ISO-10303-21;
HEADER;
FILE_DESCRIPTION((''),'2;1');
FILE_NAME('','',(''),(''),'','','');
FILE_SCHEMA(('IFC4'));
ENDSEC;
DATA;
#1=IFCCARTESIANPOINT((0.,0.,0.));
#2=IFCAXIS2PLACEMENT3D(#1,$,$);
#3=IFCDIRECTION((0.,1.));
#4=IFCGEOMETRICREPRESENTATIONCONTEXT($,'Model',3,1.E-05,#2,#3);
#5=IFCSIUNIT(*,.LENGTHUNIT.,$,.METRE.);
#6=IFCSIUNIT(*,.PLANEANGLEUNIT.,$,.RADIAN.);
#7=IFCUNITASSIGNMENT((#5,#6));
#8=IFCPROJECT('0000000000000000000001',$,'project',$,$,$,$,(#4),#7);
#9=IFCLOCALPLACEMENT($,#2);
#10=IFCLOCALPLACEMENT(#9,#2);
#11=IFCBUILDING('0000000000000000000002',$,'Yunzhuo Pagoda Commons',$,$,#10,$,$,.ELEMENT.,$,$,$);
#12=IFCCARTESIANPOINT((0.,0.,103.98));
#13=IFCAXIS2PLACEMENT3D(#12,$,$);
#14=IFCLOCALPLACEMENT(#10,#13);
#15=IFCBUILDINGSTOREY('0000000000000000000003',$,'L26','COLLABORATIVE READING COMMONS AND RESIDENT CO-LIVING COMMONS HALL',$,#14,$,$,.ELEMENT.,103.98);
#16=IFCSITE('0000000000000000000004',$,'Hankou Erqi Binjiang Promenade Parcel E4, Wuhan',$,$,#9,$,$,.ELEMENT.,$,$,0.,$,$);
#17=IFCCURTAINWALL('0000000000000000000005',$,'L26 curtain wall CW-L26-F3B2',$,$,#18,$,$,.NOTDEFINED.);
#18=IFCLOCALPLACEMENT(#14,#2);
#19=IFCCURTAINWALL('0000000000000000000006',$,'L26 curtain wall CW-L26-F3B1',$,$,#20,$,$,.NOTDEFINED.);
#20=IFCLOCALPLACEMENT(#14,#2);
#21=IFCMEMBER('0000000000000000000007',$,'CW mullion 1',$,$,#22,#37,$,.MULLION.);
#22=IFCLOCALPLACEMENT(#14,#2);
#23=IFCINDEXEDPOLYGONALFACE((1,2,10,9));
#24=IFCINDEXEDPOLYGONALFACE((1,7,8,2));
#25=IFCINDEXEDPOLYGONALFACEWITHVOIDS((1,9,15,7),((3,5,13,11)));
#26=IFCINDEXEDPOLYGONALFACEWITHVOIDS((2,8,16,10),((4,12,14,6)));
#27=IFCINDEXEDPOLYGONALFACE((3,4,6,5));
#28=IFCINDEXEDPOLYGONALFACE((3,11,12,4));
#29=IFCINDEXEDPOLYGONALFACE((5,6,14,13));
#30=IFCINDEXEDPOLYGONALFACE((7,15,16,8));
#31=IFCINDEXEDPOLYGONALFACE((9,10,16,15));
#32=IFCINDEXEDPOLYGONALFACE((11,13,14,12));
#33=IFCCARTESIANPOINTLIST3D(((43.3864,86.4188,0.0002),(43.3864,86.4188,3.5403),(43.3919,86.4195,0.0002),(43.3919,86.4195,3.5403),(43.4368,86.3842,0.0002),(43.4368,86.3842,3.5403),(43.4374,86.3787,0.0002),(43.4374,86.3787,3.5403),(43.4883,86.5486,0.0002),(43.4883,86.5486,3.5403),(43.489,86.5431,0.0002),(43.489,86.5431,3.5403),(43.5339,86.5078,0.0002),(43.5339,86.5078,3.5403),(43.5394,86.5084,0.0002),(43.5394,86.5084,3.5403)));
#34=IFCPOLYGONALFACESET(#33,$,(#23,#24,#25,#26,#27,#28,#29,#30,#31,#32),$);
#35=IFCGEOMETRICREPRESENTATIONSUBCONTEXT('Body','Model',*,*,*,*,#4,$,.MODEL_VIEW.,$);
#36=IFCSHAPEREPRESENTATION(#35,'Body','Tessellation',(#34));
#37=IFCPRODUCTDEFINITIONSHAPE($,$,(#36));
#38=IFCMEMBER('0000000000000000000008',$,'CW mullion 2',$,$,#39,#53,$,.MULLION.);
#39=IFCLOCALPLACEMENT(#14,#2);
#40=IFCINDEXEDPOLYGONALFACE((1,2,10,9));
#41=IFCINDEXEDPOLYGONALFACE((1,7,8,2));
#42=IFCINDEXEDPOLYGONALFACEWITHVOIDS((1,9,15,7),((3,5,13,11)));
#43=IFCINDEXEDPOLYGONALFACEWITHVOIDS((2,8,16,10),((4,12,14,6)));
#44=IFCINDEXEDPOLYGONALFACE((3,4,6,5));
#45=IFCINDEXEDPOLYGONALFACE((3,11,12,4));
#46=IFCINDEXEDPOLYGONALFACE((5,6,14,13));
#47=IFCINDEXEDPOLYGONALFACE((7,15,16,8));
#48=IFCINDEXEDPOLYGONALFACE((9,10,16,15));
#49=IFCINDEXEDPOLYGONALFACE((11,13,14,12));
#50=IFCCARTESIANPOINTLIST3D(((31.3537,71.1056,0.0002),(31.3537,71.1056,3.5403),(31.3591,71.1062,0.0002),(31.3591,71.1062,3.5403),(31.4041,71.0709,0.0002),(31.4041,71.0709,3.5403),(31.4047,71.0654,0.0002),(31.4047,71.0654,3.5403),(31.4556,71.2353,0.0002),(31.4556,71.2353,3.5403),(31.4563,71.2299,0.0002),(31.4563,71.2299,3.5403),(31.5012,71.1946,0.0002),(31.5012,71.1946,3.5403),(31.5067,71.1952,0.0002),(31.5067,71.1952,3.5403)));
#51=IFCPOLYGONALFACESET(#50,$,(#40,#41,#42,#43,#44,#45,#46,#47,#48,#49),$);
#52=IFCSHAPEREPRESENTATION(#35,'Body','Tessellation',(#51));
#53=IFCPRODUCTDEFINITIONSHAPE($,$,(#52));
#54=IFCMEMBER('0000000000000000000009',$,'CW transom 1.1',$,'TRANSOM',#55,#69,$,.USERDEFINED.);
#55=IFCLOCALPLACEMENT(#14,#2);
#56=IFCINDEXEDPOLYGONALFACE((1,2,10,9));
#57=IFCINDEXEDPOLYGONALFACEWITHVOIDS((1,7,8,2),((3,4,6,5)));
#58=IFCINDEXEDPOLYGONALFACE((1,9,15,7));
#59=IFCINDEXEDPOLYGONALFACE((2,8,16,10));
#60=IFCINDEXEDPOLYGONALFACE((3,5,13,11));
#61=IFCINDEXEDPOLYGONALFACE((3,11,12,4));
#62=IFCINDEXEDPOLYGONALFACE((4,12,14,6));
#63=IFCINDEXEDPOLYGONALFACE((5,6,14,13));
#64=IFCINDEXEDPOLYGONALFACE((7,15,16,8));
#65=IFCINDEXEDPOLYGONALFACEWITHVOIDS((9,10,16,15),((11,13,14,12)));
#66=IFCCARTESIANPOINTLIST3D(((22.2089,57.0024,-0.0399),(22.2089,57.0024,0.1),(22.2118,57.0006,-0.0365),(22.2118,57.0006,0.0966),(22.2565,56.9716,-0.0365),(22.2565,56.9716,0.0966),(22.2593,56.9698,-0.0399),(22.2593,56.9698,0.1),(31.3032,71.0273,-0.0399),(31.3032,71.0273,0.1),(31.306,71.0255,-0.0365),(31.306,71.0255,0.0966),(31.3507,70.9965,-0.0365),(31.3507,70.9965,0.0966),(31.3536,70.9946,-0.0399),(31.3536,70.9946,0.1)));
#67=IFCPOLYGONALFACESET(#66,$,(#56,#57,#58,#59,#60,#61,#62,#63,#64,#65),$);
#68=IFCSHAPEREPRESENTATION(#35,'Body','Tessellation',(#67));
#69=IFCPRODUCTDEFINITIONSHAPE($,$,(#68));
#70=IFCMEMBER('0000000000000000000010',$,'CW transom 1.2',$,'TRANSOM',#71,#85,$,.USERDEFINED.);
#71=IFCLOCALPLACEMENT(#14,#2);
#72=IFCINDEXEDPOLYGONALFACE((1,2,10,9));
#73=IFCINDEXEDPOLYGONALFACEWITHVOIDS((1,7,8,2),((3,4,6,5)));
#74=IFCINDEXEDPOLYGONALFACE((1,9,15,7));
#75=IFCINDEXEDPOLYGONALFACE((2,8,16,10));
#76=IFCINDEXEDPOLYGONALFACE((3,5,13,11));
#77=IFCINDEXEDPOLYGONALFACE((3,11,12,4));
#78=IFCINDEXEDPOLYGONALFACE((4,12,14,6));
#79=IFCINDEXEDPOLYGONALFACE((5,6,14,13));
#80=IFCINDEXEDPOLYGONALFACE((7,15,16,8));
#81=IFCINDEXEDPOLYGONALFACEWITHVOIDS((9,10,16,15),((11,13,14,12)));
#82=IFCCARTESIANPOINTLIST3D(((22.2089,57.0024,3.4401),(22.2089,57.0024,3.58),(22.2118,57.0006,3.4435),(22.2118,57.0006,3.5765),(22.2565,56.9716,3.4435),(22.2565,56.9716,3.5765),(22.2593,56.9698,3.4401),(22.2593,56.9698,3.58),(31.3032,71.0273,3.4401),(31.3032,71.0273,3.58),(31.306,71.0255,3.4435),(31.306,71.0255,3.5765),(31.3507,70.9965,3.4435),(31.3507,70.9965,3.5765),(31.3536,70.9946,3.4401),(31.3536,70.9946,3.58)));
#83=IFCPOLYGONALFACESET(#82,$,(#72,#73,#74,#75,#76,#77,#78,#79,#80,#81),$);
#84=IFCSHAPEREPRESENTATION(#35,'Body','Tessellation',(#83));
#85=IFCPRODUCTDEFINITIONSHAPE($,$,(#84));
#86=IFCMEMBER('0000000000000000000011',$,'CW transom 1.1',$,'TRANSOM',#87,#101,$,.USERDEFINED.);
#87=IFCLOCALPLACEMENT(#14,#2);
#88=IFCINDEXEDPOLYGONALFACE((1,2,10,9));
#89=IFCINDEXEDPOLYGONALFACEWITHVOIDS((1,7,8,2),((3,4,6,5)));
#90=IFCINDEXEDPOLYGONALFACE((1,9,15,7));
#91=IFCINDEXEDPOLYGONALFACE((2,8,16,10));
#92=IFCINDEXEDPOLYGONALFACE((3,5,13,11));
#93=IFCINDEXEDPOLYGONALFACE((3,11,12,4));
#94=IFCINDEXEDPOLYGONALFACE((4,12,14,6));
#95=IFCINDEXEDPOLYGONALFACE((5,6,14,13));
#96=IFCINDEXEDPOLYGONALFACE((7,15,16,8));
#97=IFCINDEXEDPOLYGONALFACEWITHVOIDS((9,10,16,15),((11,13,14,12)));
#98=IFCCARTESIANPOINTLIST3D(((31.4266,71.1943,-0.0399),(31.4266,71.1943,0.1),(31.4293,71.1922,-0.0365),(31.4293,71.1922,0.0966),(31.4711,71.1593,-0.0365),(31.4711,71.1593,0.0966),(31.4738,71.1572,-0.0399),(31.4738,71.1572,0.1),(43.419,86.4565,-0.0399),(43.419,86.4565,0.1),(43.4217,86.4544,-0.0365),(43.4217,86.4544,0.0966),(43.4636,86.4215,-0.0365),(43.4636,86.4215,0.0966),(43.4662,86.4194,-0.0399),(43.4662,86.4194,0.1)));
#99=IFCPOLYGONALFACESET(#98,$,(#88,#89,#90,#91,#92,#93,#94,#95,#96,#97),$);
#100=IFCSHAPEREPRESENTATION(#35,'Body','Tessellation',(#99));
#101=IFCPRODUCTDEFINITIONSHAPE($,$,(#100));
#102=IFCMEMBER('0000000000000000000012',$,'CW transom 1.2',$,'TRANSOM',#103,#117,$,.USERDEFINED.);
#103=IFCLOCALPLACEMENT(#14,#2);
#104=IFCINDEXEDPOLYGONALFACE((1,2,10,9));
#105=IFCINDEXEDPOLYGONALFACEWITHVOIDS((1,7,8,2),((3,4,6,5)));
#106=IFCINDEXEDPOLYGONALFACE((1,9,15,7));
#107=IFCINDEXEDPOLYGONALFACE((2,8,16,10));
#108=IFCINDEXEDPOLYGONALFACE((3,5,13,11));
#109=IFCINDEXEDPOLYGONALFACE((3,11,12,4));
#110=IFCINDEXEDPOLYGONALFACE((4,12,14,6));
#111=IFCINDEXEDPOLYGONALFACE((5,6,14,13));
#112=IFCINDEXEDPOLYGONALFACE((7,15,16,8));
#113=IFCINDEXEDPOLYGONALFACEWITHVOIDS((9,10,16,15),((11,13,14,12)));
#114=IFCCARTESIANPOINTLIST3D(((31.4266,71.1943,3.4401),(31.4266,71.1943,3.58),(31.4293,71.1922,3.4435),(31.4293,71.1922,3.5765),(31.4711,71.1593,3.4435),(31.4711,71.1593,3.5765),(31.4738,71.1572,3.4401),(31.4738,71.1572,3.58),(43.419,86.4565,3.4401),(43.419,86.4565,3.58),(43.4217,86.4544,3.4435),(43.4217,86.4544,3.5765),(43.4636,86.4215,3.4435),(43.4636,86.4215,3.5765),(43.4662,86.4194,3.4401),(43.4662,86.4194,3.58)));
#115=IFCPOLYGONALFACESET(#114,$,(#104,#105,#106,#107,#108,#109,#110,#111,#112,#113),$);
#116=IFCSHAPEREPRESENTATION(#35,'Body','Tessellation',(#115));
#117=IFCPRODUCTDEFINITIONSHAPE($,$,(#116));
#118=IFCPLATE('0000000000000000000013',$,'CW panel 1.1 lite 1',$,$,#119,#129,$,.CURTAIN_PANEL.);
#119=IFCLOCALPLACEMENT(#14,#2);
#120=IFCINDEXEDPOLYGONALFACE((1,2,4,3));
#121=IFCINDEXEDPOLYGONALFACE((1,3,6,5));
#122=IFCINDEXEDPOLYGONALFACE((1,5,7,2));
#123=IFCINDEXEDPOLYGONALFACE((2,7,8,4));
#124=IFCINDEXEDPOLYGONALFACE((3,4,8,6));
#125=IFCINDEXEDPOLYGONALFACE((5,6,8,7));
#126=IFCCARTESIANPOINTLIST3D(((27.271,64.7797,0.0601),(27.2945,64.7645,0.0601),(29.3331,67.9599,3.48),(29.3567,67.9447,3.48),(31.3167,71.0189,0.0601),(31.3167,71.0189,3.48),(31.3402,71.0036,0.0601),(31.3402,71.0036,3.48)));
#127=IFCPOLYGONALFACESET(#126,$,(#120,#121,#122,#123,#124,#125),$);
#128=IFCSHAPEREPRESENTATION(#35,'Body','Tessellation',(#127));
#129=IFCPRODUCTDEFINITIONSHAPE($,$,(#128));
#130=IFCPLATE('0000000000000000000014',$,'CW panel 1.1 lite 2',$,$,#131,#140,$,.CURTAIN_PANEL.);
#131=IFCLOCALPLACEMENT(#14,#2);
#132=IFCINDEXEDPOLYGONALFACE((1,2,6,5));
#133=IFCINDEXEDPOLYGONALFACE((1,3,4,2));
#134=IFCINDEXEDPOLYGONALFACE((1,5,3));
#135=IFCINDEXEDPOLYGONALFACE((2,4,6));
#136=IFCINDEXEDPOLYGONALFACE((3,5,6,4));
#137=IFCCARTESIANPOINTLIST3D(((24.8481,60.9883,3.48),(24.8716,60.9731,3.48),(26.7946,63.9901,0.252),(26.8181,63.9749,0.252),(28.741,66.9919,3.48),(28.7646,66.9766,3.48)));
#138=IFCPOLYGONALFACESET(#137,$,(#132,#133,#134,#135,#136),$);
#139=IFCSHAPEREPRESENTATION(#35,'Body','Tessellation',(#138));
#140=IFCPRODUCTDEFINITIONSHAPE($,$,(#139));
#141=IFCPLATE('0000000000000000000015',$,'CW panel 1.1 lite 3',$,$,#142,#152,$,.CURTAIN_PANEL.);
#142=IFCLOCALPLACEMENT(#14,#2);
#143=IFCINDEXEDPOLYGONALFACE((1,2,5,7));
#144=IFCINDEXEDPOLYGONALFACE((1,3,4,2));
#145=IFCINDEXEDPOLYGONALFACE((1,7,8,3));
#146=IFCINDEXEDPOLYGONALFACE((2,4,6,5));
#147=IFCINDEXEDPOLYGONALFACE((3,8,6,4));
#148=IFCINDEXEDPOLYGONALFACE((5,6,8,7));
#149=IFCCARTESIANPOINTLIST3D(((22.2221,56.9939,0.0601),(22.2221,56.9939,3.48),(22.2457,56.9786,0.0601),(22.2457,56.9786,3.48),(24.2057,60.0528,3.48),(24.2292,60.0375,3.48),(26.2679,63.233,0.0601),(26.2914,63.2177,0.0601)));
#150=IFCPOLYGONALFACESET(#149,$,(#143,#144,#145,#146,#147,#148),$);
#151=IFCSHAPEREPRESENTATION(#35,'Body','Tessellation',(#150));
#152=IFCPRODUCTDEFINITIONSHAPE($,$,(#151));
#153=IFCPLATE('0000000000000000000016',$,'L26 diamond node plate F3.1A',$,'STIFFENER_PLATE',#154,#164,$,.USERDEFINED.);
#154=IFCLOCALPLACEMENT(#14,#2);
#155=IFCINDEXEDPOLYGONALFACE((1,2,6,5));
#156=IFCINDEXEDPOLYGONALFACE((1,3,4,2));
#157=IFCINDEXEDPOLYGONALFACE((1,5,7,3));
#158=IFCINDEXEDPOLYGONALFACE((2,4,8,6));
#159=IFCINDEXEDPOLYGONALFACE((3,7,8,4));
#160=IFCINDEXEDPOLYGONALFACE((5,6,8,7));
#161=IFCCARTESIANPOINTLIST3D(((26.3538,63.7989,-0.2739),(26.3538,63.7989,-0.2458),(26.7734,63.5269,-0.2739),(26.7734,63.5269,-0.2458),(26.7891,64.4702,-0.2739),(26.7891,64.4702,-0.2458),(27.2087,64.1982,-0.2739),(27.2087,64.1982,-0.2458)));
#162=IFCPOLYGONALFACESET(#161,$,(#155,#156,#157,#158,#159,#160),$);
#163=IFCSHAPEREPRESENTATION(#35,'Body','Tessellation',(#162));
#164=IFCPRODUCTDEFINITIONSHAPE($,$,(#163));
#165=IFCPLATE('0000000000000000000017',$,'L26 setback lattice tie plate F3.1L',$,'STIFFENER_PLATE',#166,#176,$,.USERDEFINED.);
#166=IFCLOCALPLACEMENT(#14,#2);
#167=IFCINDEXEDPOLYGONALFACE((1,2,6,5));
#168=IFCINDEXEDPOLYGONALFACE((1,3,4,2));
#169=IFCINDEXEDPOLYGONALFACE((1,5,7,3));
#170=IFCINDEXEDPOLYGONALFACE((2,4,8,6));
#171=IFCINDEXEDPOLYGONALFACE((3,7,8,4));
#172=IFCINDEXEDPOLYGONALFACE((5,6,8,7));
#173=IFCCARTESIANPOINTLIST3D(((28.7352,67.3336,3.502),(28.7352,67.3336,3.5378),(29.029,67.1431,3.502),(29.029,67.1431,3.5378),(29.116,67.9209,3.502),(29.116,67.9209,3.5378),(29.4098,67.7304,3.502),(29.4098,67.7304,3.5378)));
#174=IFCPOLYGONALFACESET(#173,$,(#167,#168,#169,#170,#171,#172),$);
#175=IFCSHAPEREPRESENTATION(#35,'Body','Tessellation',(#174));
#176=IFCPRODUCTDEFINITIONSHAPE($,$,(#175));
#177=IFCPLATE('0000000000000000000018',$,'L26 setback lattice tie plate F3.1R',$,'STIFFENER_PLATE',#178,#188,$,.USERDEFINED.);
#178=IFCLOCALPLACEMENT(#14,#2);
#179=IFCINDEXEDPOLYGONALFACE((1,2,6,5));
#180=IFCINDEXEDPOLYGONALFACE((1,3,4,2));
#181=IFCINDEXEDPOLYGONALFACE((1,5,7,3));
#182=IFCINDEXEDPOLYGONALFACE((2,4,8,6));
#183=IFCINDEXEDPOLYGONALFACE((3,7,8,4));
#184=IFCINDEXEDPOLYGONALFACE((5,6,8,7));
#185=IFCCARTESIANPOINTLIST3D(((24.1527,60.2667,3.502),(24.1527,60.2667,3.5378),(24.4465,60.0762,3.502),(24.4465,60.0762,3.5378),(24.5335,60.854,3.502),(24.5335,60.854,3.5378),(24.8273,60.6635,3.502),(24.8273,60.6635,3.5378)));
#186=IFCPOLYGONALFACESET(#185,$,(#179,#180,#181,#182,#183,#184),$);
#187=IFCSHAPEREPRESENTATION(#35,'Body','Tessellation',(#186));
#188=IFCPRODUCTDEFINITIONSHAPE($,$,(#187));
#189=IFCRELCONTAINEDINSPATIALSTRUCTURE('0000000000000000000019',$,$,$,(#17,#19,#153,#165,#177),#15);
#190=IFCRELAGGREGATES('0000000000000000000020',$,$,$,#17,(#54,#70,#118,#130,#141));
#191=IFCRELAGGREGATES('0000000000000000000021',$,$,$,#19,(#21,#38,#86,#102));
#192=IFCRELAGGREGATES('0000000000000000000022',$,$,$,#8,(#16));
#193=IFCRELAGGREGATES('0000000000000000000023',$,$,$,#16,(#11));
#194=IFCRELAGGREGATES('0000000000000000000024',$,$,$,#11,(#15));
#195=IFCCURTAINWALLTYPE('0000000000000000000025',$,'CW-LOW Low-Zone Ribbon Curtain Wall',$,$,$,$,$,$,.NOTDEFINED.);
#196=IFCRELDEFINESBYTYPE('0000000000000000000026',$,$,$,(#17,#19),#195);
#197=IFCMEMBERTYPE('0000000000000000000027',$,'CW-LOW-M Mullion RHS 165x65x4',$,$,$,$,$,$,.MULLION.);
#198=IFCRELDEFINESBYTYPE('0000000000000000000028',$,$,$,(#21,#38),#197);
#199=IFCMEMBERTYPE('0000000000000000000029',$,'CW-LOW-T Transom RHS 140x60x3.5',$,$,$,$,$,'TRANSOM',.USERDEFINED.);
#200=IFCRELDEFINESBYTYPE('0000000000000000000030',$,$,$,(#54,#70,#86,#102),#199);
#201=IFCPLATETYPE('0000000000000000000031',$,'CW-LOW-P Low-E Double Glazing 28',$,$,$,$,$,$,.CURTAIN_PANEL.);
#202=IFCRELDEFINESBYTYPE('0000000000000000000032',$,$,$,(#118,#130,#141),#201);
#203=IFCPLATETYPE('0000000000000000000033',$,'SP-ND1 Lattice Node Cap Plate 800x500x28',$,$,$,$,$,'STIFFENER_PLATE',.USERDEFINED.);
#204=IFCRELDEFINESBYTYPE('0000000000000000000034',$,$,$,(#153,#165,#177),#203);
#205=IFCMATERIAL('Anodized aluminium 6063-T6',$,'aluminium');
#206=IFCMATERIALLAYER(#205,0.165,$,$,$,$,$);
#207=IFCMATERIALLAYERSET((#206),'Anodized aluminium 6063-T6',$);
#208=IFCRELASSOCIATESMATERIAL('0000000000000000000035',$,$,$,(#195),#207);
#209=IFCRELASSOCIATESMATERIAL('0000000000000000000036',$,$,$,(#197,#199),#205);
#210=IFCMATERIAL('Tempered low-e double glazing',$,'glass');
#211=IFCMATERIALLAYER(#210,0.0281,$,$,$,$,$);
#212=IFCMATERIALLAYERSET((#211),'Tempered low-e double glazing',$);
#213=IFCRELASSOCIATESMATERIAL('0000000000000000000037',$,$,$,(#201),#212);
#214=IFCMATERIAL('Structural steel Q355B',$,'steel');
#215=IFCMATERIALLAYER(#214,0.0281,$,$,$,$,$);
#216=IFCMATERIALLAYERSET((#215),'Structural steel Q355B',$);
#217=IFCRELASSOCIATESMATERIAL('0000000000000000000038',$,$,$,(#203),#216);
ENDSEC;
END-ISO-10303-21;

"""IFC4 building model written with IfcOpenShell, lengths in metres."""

from ifc_helpers import new_model, si_unit, direction, frame, origin, origin_2d, place, context, subcontext, project, spatial, polyline, rectangle, hollow_rectangle, outline, extrude, source, transform, mapped, material, layer, layer_set, material_profile, profile_set, type_object, element, aggregate, save


model = new_model("IFC4")

# Units and contexts
model_context = context("Model", 3, precision=1e-05, world=origin(), true_north=direction((0.0, 1.0)))
body_context = subcontext(model_context, "Body", "Model", "MODEL_VIEW")
ifc_project = project(units=[si_unit("LENGTHUNIT", "METRE"), si_unit("PLANEANGLEUNIT", "RADIAN")], contexts=[model_context])

# Site, building, storey
site_placement = place(None, origin())
site = spatial("IfcSite", under=ifc_project, at=site_placement, Name="Hankou Erqi Binjiang Promenade Parcel E4, Wuhan", CompositionType="ELEMENT", RefElevation=0.0)
building_placement = place(site_placement, origin())
building = spatial("IfcBuilding", under=site, at=building_placement, Name="Yunzhuo Pagoda Commons", CompositionType="ELEMENT")
storey_placement = place(building_placement, frame((0.0, 0.0, 103.98)))
storey = spatial("IfcBuildingStorey", under=building, at=storey_placement, Name="L26", Description="COLLABORATIVE READING COMMONS AND RESIDENT CO-LIVING COMMONS HALL", CompositionType="ELEMENT", Elevation=103.98)

# Shared definitions
ifc_material_1 = material(Name="Structural steel Q355B", Category="steel")

# Curtain wall
ifc_material_2 = material(Name="Anodized aluminium 6063-T6", Category="aluminium")
ifc_layer_1 = layer(ifc_material_2, 0.165)
ifc_layer_set_1 = layer_set([ifc_layer_1], Name="Anodized aluminium 6063-T6")
curtain_wall_type = type_object("IfcCurtainWallType", Name="CW-LOW Low-Zone Ribbon Curtain Wall", PredefinedType="NOTDEFINED", material=ifc_layer_set_1)
curtain_wall_1_placement = place(storey_placement, origin())
curtain_wall_1 = element("IfcCurtainWall", 1, at=curtain_wall_1_placement, inside=storey, type_object=curtain_wall_type, Name="L26 curtain wall CW-L26-F3B2", PredefinedType="NOTDEFINED")
ifc_material_profile_1 = material_profile(ifc_material_2, hollow_rectangle(XDim=0.0649, YDim=0.165, WallThickness=0.0039, at=origin_2d()), Name="Anodized aluminium 6063-T6")
ifc_profile_set_1 = profile_set([ifc_material_profile_1], Name="Anodized aluminium 6063-T6")
member_type_1 = type_object("IfcMemberType", Name="CW-LOW-M Mullion RHS 165x65x4", PredefinedType="MULLION", material=ifc_profile_set_1)
shared_shape_1 = source(origin(), body_context, "Body", "SweptSolid", [
    extrude(hollow_rectangle(XDim=0.0649, YDim=0.165, WallThickness=0.0039, at=origin_2d()), origin(), (0.0, 0.0, 1.0), 3.54),
])

# Curtain wall, members
curtain_wall_2_placement = place(storey_placement, origin())
curtain_wall_2 = element("IfcCurtainWall", 2, at=curtain_wall_2_placement, inside=storey, type_object=curtain_wall_type, Name="L26 curtain wall CW-L26-F3B1", PredefinedType="NOTDEFINED")
member_1_placement = place(storey_placement, frame((43.4629, 86.4636, 0.0002), z_axis=(0.0, 0.0, 1.0), x_axis=(0.786301, -0.617843, 0.0)))
member_1 = element("IfcMember", 3, at=member_1_placement, type_object=member_type_1, Name="CW mullion 1", PredefinedType="MULLION", context=body_context, shape_type="MappedRepresentation", body=[
    mapped(shared_shape_1, transform((0.0, 0.0, 0.0), scale=1.0)),
])
member_2_placement = place(storey_placement, frame((31.4302, 71.1504, 0.0002), z_axis=(0.0, 0.0, 1.0), x_axis=(0.786301, -0.617843, 0.0)))
member_2 = element("IfcMember", 4, at=member_2_placement, type_object=member_type_1, Name="CW mullion 2", PredefinedType="MULLION", context=body_context, shape_type="MappedRepresentation", body=[
    mapped(shared_shape_1, transform((0.0, 0.0, 0.0), scale=1.0)),
])

# Members
ifc_material_profile_2 = material_profile(ifc_material_2, hollow_rectangle(XDim=0.0601, YDim=0.1399, WallThickness=0.0034, at=origin_2d()), Name="Anodized aluminium 6063-T6")
ifc_profile_set_2 = profile_set([ifc_material_profile_2], Name="Anodized aluminium 6063-T6")
member_type_2 = type_object("IfcMemberType", Name="CW-LOW-T Transom RHS 140x60x3.5", ElementType="TRANSOM", PredefinedType="USERDEFINED", material=ifc_profile_set_2)
shared_shape_2 = source(origin(), body_context, "Body", "SweptSolid", [
    extrude(hollow_rectangle(XDim=0.0601, YDim=0.1399, WallThickness=0.0034, at=origin_2d()), origin(), (0.0, 0.0, 1.0), 16.7153),
])
member_3_placement = place(storey_placement, frame((31.3284, 71.011, 0.03), z_axis=(-0.544065, -0.839043, 0.0), x_axis=(0.839043, -0.544065, 0.0)))
member_3 = element("IfcMember", 5, at=member_3_placement, type_object=member_type_2, Name="CW transom 1.1", ObjectType="TRANSOM", PredefinedType="USERDEFINED", context=body_context, shape_type="MappedRepresentation", body=[
    mapped(shared_shape_2, transform((0.0, 0.0, 0.0), scale=1.0)),
])
member_4_placement = place(storey_placement, frame((31.3284, 71.011, 3.51), z_axis=(-0.544065, -0.839043, 0.0), x_axis=(0.839043, -0.544065, 0.0)))
member_4 = element("IfcMember", 6, at=member_4_placement, type_object=member_type_2, Name="CW transom 1.2", ObjectType="TRANSOM", PredefinedType="USERDEFINED", context=body_context, shape_type="MappedRepresentation", body=[
    mapped(shared_shape_2, transform((0.0, 0.0, 0.0), scale=1.0)),
])
shared_shape_3 = source(origin(), body_context, "Body", "SweptSolid", [
    extrude(hollow_rectangle(XDim=0.0601, YDim=0.1399, WallThickness=0.0034, at=origin_2d()), origin(), (0.0, 0.0, 1.0), 19.4102),
])
member_5_placement = place(storey_placement, frame((43.4426, 86.438, 0.03), z_axis=(-0.617844, -0.786301, 0.0), x_axis=(0.786301, -0.617844, 0.0)))
member_5 = element("IfcMember", 7, at=member_5_placement, type_object=member_type_2, Name="CW transom 1.1", ObjectType="TRANSOM", PredefinedType="USERDEFINED", context=body_context, shape_type="MappedRepresentation", body=[
    mapped(shared_shape_3, transform((0.0, 0.0, 0.0), scale=1.0)),
])
member_6_placement = place(storey_placement, frame((43.4426, 86.438, 3.51), z_axis=(-0.617844, -0.786301, 0.0), x_axis=(0.786301, -0.617844, 0.0)))
member_6 = element("IfcMember", 8, at=member_6_placement, type_object=member_type_2, Name="CW transom 1.2", ObjectType="TRANSOM", PredefinedType="USERDEFINED", context=body_context, shape_type="MappedRepresentation", body=[
    mapped(shared_shape_3, transform((0.0, 0.0, 0.0), scale=1.0)),
])

# Plates
ifc_material_3 = material(Name="Tempered low-e double glazing", Category="glass")
ifc_layer_2 = layer(ifc_material_3, 0.0281)
ifc_layer_set_2 = layer_set([ifc_layer_2], Name="Tempered low-e double glazing")
plate_type_1 = type_object("IfcPlateType", Name="CW-LOW-P Low-E Double Glazing 28", PredefinedType="CURTAIN_PANEL", material=ifc_layer_set_2)
plate_1_placement = place(storey_placement, frame((29.3174, 67.884, 1.77), z_axis=(-0.83904, 0.54407, 0.0), x_axis=(-0.54407, -0.83904, 0.0)))
plate_1 = element("IfcPlate", 9, at=plate_1_placement, type_object=plate_type_1, Name="CW panel 1.1 lite 1", PredefinedType="CURTAIN_PANEL", context=body_context, shape_type="SweptSolid", body=[
    extrude(outline(polyline([(-3.718, -1.71), (3.718, -1.71), (-0.0723, 1.71), (-3.718, 1.71), (-3.718, -1.71)])), origin(), (0.0, 0.0, 1.0), 0.0281),
])
plate_2_placement = place(storey_placement, frame((26.8181, 63.9749, 1.866), z_axis=(-0.83904, 0.54407, 0.0), x_axis=(-0.54407, -0.83904, 0.0)))
plate_2 = element("IfcPlate", 10, at=plate_2_placement, type_object=plate_type_1, Name="CW panel 1.1 lite 2", PredefinedType="CURTAIN_PANEL", context=body_context, shape_type="SweptSolid", body=[
    extrude(outline(polyline([(-3.5776, 1.614), (0.0, -1.614), (3.5776, 1.614), (-3.5776, 1.614)])), origin(), (0.0, 0.0, 1.0), 0.0281),
])
plate_3_placement = place(storey_placement, frame((24.2686, 60.0981, 1.77), z_axis=(-0.83904, 0.54407, 0.0), x_axis=(-0.54407, -0.83904, 0.0)))
plate_3 = element("IfcPlate", 11, at=plate_3_placement, type_object=plate_type_1, Name="CW panel 1.1 lite 3", PredefinedType="CURTAIN_PANEL", context=body_context, shape_type="SweptSolid", body=[
    extrude(outline(polyline([(-3.718, -1.71), (3.718, -1.71), (3.718, 1.71), (0.0723, 1.71), (-3.718, -1.71)])), origin(), (0.0, 0.0, 1.0), 0.0281),
])
aggregate(curtain_wall_1, [member_3, member_4, plate_1, plate_2, plate_3])

# Plates
ifc_layer_3 = layer(ifc_material_1, 0.0281)
ifc_layer_set_3 = layer_set([ifc_layer_3], Name="Structural steel Q355B")
plate_type_2 = type_object("IfcPlateType", Name="SP-ND1 Lattice Node Cap Plate 800x500x28", ElementType="STIFFENER_PLATE", PredefinedType="USERDEFINED", material=ifc_layer_set_3)
shared_shape_4 = source(origin(), body_context, "Body", "SweptSolid", [
    extrude(rectangle(XDim=0.8, YDim=0.5, at=origin_2d()), origin(), (0.0, 0.0, 1.0), 0.0281),
])
plate_4_placement = place(storey_placement, frame((26.7812, 63.9985, -0.2739), z_axis=(0.0, 0.0, 1.0), x_axis=(-0.544068, -0.839041, 0.0)))
element("IfcPlate", 12, at=plate_4_placement, inside=storey, type_object=plate_type_2, Name="L26 diamond node plate F3.1A", ObjectType="STIFFENER_PLATE", PredefinedType="USERDEFINED", context=body_context, shape_type="MappedRepresentation", body=[
    mapped(shared_shape_4, transform((0.0, 0.0, 0.0), scale=1.0)),
])
shared_shape_5 = source(origin(), body_context, "Body", "SweptSolid", [
    extrude(rectangle(XDim=0.7, YDim=0.3501, at=origin_2d()), origin(), (0.0, 0.0, 1.0), 0.0359),
])
for number, where, z_axis, x_axis, name in (
    (13, (29.0725, 67.532, 3.502), (0.0, 0.0, 1.0), (-0.544068, -0.839041, 0.0), "L26 setback lattice tie plate F3.1L"),
    (14, (24.49, 60.4651, 3.502), (0.0, 0.0, 1.0), (-0.544068, -0.839041, 0.0), "L26 setback lattice tie plate F3.1R"),
):
    element("IfcPlate", number, at=place(storey_placement, frame(where, z_axis=z_axis, x_axis=x_axis)), inside=storey, type_object=plate_type_2, Name=name, ObjectType="STIFFENER_PLATE", PredefinedType="USERDEFINED", context=body_context, shape_type="MappedRepresentation", body=[
        mapped(shared_shape_5, transform((0.0, 0.0, 0.0), scale=1.0)),
    ])

aggregate(curtain_wall_2, [member_1, member_2, member_5, member_6])

save(model, "model.ifc")
